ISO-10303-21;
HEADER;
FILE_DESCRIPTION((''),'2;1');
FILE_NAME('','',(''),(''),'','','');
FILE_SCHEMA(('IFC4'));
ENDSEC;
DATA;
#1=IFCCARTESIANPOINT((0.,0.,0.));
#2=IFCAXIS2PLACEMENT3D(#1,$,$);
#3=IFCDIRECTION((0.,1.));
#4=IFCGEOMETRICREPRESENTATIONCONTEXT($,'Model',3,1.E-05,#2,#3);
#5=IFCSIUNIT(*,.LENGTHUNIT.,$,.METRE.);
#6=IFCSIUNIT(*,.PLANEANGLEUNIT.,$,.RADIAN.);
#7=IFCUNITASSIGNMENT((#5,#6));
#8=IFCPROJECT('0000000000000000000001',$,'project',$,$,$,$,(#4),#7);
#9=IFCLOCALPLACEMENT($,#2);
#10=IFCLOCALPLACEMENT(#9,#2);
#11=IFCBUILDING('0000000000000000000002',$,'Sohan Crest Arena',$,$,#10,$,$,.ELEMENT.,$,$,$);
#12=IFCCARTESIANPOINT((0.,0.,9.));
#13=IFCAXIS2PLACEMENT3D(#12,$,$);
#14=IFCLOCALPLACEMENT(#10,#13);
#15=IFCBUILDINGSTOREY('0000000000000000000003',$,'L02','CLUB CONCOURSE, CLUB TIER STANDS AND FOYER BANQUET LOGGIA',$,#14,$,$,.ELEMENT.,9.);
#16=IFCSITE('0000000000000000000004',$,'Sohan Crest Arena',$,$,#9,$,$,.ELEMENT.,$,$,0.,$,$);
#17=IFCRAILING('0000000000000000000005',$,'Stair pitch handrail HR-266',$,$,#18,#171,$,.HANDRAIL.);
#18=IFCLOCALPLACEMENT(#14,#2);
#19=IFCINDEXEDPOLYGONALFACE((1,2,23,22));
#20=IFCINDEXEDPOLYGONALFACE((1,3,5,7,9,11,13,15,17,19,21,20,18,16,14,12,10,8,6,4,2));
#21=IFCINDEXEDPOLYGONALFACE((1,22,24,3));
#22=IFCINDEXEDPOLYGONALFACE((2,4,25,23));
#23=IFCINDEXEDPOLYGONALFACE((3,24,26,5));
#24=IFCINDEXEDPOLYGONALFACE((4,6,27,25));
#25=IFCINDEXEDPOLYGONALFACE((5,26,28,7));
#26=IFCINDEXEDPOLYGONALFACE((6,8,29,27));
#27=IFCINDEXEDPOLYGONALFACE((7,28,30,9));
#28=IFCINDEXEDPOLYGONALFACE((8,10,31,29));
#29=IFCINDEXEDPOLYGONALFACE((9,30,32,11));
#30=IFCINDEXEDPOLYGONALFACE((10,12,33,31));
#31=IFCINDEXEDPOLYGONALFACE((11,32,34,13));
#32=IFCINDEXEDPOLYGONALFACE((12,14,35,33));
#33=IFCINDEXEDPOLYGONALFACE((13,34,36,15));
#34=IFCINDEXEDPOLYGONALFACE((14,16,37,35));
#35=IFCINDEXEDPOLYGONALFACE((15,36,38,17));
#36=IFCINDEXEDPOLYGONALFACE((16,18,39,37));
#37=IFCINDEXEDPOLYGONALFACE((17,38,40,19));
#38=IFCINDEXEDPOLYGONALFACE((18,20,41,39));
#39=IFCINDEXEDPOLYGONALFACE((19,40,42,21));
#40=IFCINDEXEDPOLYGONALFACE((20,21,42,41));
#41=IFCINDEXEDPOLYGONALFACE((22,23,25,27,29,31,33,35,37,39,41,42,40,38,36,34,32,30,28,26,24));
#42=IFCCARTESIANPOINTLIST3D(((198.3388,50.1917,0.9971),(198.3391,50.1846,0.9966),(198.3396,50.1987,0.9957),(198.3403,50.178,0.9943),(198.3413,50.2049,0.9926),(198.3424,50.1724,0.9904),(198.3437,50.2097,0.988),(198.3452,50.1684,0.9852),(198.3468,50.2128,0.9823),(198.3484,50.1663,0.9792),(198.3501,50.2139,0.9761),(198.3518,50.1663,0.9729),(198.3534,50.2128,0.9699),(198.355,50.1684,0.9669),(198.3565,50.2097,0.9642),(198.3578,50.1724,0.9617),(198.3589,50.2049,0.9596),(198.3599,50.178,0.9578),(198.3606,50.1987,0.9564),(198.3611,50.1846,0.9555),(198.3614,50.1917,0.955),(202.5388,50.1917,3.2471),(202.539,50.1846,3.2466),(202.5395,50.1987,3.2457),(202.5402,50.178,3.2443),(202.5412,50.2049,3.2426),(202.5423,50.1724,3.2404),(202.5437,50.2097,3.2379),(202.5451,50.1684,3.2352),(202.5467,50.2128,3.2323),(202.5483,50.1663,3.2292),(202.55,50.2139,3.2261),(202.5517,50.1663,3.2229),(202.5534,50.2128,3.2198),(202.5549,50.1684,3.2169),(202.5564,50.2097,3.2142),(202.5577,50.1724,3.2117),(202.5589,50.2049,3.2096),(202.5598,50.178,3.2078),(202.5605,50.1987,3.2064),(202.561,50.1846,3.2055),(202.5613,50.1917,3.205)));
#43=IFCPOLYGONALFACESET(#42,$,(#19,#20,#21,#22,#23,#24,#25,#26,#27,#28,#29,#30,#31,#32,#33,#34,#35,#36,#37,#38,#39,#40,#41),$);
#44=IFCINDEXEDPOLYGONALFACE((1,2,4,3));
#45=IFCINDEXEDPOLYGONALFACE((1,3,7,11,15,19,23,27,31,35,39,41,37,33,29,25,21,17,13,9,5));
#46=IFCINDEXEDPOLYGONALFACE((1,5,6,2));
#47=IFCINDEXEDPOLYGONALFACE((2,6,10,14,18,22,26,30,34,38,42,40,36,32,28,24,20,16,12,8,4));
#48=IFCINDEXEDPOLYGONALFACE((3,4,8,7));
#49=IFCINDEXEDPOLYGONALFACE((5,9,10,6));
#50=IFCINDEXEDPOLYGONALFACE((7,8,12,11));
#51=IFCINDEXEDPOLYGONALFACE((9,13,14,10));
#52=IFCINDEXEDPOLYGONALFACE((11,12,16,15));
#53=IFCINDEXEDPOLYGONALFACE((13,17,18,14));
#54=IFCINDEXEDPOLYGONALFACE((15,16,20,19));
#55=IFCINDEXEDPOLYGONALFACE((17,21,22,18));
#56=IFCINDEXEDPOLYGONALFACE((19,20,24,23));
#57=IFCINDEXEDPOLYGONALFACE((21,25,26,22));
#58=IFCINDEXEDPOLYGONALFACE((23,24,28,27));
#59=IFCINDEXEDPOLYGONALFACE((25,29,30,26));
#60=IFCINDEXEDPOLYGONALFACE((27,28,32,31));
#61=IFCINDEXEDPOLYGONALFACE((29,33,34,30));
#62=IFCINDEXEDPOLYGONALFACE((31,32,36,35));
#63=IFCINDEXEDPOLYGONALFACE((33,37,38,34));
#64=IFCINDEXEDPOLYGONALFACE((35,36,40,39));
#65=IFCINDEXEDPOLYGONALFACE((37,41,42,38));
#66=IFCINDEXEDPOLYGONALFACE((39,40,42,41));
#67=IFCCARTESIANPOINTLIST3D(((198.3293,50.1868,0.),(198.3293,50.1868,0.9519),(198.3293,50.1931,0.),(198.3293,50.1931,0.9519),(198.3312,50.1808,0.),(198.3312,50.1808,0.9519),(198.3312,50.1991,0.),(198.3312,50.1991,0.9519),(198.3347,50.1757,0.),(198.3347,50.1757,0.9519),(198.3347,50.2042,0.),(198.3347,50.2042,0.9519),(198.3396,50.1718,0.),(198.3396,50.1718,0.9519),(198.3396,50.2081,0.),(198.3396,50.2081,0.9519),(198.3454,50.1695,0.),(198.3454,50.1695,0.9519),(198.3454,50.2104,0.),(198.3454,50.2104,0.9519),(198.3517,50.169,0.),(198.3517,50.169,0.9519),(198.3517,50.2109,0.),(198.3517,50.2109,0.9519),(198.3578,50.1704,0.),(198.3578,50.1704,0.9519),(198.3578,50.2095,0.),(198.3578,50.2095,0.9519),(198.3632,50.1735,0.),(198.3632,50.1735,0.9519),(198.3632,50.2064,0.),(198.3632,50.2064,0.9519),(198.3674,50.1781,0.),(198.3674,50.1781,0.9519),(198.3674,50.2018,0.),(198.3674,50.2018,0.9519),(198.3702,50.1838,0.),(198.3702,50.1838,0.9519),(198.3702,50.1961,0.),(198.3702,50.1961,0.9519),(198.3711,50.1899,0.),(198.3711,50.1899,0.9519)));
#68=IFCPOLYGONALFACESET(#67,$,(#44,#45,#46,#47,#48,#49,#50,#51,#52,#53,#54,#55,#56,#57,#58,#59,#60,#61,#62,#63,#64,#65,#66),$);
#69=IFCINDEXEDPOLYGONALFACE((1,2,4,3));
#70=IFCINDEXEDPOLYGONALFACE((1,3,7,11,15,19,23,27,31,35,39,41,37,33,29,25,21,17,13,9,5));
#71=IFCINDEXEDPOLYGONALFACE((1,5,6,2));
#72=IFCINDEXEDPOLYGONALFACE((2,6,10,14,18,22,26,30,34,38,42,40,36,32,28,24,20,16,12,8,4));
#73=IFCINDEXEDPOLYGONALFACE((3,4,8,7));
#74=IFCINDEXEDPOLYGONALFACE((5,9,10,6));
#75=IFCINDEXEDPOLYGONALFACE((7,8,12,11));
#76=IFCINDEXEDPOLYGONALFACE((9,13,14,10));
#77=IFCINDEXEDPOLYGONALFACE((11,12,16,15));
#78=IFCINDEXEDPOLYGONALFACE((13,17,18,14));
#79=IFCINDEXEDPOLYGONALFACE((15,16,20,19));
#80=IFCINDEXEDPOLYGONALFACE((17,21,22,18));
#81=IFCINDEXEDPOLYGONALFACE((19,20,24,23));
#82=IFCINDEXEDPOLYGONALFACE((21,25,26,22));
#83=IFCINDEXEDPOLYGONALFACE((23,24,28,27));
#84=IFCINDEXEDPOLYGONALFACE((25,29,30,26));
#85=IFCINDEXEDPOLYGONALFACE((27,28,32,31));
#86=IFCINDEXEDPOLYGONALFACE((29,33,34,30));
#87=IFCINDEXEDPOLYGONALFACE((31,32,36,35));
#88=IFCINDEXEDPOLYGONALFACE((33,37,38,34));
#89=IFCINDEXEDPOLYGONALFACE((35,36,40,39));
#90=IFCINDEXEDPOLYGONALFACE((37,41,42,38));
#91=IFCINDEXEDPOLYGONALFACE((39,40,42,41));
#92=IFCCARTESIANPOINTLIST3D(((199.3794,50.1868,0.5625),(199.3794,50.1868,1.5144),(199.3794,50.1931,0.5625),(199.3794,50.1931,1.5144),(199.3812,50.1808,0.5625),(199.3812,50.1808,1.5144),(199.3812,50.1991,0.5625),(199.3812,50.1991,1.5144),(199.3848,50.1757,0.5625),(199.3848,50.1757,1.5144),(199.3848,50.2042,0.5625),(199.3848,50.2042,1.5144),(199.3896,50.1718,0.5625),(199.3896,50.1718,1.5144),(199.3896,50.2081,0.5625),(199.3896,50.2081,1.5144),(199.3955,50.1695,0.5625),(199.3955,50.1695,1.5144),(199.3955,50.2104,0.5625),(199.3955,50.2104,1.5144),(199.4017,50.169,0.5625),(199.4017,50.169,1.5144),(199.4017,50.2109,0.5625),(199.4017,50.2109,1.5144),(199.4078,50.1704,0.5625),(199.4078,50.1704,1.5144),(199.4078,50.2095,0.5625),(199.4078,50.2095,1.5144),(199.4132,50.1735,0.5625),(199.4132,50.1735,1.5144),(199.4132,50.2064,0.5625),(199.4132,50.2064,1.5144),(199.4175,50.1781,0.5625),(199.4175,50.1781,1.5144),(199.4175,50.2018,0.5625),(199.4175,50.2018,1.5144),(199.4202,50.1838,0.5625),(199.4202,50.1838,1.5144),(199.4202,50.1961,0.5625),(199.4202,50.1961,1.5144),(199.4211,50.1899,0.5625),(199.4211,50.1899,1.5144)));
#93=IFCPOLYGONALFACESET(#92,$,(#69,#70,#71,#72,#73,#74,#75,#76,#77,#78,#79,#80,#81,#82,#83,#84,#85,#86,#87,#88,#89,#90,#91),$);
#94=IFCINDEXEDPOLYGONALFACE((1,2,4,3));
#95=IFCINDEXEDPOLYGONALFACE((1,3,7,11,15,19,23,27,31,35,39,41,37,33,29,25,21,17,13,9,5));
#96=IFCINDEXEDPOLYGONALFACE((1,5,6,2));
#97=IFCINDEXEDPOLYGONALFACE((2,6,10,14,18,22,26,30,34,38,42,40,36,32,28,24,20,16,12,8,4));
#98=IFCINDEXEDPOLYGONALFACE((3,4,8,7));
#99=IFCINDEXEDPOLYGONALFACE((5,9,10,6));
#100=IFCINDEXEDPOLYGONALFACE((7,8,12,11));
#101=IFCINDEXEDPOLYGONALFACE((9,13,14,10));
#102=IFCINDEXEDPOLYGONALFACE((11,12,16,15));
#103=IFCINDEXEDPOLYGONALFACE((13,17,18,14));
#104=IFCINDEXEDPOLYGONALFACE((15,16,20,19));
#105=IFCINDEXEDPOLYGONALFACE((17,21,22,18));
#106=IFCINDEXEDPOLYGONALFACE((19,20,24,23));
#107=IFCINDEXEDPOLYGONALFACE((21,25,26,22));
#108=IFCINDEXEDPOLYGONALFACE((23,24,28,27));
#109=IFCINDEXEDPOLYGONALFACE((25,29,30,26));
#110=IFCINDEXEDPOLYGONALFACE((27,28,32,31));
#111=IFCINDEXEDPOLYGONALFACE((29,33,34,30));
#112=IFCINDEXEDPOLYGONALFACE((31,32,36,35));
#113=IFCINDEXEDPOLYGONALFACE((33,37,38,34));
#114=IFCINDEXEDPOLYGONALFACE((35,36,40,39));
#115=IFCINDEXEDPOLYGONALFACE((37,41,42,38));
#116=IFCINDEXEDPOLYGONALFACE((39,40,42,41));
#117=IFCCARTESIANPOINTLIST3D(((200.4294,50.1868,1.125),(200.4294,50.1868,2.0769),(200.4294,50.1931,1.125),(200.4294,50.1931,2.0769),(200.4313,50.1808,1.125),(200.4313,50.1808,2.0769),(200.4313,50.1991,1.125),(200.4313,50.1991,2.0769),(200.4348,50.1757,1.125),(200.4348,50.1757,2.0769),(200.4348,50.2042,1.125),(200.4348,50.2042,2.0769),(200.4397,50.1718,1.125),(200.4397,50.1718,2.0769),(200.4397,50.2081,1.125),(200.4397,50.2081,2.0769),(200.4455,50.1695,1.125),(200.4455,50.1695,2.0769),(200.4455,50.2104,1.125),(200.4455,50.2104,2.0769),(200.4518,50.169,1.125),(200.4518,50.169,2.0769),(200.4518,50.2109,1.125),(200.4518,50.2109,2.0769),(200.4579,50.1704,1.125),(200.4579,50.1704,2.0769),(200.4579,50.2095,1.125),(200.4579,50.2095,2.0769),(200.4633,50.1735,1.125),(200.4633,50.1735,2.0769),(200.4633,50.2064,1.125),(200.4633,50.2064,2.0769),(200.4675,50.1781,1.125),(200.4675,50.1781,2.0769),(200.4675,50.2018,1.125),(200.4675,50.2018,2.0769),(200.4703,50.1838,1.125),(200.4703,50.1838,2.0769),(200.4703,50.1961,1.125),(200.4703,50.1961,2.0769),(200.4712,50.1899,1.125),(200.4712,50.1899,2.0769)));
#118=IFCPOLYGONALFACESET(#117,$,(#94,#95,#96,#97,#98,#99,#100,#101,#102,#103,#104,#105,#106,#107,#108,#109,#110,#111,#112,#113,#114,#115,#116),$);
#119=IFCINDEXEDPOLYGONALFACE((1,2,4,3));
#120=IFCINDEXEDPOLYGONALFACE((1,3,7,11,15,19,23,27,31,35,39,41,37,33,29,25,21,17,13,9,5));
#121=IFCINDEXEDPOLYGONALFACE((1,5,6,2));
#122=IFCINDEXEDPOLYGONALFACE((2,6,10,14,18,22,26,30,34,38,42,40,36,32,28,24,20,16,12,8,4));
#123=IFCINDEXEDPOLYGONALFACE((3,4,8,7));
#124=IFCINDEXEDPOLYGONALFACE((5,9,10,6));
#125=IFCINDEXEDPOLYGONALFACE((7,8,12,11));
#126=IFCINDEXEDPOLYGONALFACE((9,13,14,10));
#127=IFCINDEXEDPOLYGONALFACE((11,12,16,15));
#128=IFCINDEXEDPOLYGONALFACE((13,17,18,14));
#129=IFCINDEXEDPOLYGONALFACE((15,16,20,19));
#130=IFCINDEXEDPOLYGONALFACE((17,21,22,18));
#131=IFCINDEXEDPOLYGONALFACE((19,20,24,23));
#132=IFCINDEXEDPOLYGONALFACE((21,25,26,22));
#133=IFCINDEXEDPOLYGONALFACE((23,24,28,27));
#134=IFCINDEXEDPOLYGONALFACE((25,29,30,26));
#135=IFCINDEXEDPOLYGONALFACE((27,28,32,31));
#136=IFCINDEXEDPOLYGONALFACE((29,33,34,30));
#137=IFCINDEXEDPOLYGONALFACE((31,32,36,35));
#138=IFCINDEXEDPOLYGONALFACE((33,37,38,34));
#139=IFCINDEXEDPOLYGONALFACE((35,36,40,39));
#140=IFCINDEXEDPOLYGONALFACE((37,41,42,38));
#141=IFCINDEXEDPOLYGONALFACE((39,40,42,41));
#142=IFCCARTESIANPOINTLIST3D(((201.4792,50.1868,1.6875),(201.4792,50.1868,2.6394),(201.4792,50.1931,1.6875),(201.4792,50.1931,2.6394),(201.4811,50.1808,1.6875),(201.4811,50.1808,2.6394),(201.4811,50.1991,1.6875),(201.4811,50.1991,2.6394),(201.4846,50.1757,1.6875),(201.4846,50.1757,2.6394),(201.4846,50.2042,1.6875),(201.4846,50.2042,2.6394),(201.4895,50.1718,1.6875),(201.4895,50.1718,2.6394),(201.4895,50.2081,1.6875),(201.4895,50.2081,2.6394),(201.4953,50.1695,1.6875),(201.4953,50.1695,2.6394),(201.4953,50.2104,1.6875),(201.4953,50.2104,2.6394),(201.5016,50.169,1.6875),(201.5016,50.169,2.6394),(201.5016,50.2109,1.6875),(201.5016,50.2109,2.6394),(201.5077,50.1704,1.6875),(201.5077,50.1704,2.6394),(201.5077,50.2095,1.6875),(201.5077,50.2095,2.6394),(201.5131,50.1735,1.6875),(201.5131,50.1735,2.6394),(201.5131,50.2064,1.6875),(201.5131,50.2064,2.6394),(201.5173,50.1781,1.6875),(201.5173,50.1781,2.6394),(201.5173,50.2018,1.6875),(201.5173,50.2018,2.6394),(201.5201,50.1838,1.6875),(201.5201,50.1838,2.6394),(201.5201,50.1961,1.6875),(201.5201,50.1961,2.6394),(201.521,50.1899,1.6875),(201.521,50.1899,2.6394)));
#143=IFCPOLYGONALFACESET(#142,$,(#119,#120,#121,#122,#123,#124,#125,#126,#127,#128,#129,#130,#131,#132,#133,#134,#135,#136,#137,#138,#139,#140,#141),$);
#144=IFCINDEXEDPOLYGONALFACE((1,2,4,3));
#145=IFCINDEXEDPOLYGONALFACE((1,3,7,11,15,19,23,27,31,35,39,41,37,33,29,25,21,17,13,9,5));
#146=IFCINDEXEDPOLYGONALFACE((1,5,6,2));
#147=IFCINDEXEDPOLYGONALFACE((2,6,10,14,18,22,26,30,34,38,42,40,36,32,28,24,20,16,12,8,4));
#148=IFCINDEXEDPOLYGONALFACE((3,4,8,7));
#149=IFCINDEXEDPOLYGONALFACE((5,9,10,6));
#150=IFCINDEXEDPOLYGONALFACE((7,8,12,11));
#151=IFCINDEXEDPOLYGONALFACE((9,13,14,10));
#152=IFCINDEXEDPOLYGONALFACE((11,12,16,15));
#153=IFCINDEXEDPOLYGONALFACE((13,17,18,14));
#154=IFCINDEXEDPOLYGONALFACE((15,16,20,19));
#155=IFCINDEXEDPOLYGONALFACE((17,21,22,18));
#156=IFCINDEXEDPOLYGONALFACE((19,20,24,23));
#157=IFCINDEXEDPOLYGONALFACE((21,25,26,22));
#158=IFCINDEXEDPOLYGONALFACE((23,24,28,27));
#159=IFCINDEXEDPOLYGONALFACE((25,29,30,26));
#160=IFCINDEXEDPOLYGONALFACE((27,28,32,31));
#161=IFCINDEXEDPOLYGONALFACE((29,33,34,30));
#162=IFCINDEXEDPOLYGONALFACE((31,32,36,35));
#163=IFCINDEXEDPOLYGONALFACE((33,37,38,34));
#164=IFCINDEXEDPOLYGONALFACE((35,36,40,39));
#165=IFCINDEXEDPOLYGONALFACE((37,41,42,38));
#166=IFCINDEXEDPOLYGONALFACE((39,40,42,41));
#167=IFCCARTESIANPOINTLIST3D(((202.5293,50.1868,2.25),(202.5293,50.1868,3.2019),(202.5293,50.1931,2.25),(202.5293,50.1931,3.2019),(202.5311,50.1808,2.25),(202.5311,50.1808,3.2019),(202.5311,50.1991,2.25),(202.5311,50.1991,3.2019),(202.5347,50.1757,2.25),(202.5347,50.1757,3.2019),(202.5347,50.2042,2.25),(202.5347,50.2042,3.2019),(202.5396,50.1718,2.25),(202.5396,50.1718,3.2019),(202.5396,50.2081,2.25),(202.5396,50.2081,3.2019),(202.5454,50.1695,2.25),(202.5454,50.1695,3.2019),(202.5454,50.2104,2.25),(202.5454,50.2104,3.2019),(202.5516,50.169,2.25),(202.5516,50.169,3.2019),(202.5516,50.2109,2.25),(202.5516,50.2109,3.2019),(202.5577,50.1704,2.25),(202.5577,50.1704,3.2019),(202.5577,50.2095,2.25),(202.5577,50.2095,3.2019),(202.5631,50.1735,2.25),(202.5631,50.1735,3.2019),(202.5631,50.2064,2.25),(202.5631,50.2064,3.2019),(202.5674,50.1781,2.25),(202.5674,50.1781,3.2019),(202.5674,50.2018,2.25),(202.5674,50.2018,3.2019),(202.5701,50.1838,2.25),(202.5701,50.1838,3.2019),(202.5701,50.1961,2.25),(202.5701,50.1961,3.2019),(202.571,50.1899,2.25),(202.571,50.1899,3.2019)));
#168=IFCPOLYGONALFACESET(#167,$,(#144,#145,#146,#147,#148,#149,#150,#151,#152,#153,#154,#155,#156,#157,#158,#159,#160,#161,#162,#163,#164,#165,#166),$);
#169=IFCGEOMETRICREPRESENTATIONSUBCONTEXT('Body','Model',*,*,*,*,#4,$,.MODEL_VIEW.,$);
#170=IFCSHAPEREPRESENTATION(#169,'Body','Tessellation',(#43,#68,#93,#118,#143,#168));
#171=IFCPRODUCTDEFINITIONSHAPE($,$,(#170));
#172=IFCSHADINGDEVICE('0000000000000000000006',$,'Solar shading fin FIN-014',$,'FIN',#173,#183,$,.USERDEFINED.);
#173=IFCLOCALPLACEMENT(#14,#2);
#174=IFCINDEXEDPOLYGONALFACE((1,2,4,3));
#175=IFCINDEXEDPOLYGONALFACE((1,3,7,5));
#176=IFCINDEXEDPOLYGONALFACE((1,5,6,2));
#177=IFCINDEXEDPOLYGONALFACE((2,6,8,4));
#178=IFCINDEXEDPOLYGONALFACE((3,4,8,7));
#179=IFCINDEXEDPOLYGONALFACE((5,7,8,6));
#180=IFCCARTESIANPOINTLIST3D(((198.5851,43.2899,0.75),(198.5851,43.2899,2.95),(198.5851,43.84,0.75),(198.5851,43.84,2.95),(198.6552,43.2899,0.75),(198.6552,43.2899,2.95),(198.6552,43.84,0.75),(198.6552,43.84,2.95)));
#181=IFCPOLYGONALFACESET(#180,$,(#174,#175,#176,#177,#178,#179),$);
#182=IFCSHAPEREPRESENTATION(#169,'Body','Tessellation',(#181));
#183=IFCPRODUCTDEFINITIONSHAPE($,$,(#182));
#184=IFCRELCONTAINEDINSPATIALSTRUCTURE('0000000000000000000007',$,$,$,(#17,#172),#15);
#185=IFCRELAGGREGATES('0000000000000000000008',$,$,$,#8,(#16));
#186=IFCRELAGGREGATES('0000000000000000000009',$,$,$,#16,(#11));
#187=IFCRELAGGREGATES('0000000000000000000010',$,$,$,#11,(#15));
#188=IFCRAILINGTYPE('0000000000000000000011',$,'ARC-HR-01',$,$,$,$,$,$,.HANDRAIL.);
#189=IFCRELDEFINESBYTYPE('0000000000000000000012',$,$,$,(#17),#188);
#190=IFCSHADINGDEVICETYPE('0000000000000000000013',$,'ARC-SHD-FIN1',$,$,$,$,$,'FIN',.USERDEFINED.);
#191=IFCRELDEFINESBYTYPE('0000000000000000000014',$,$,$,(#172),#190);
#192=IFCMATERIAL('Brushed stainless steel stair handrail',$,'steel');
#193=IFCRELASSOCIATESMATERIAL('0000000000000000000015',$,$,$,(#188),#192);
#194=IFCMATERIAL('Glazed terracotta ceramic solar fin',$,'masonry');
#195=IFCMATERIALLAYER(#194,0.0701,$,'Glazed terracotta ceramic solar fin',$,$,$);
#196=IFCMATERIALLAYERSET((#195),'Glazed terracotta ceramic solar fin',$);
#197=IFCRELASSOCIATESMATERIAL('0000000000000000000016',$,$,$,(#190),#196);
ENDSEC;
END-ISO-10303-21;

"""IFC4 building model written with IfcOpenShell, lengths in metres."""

from ifc_helpers import new_model, si_unit, direction, frame, origin, origin_2d, place, context, subcontext, project, spatial, rectangle, circle, extrude, material, layer, layer_set, type_object, element, save


model = new_model("IFC4")

# Units and contexts
model_context = context("Model", 3, precision=1e-05, world=origin(), true_north=direction((0.0, 1.0)))
body_context = subcontext(model_context, "Body", "Model", "MODEL_VIEW")
ifc_project = project(units=[si_unit("LENGTHUNIT", "METRE"), si_unit("PLANEANGLEUNIT", "RADIAN")], contexts=[model_context])

# Site, building, storey
site_placement = place(None, origin())
site = spatial("IfcSite", under=ifc_project, at=site_placement, Name="Sohan Crest Arena", CompositionType="ELEMENT", RefElevation=0.0)
building_placement = place(site_placement, origin())
building = spatial("IfcBuilding", under=site, at=building_placement, Name="Sohan Crest Arena", CompositionType="ELEMENT")
storey_placement = place(building_placement, frame((0.0, 0.0, 9.0)))
storey = spatial("IfcBuildingStorey", under=building, at=storey_placement, Name="L02", Description="CLUB CONCOURSE, CLUB TIER STANDS AND FOYER BANQUET LOGGIA", CompositionType="ELEMENT", Elevation=9.0)

# Railing
ifc_material_1 = material(Name="Brushed stainless steel stair handrail", Category="steel")
railing_type = type_object("IfcRailingType", Name="ARC-HR-01", PredefinedType="HANDRAIL", material=ifc_material_1)
for number, where, name in (
    (1, (198.3501, 50.1899, 0.0), "Stair pitch handrail HR-266"),
):
    element("IfcRailing", number, at=place(storey_placement, frame(where)), inside=storey, type_object=railing_type, Name=name, PredefinedType="HANDRAIL", context=body_context, shape_type="SweptSolid", body=[
        extrude(circle(Radius=0.0239, at=origin_2d()), frame((0.0, 0.0, 0.9761), z_axis=(0.881478, 0.0, 0.472226), x_axis=(0.0, 1.0, 0.0)), (0.0, 0.0, 1.0), 4.7646),
        extrude(circle(Radius=0.021, at=origin_2d()), origin(), (0.0, 0.0, 1.0), 0.9519),
        extrude(circle(Radius=0.021, at=origin_2d()), frame((1.05, 0.0, 0.5625)), (0.0, 0.0, 1.0), 0.9519),
        extrude(circle(Radius=0.021, at=origin_2d()), frame((2.1001, 0.0, 1.125)), (0.0, 0.0, 1.0), 0.9519),
        extrude(circle(Radius=0.021, at=origin_2d()), frame((3.1499, 0.0, 1.6875)), (0.0, 0.0, 1.0), 0.9519),
        extrude(circle(Radius=0.021, at=origin_2d()), frame((4.2, 0.0, 2.25)), (0.0, 0.0, 1.0), 0.9519),
    ])

# Shading device
ifc_material_2 = material(Name="Glazed terracotta ceramic solar fin", Category="masonry")
ifc_layer_1 = layer(ifc_material_2, 0.0701, Name="Glazed terracotta ceramic solar fin")
ifc_layer_set_1 = layer_set([ifc_layer_1], Name="Glazed terracotta ceramic solar fin")
shading_device_type = type_object("IfcShadingDeviceType", Name="ARC-SHD-FIN1", ElementType="FIN", PredefinedType="USERDEFINED", material=ifc_layer_set_1)
shading_device_placement = place(storey_placement, frame((198.6201, 43.5649, 0.75), z_axis=(0.0, 0.0, 1.0), x_axis=(1.0, 0.0, 0.0)))
element("IfcShadingDevice", 2, at=shading_device_placement, inside=storey, type_object=shading_device_type, Name="Solar shading fin FIN-014", ObjectType="FIN", PredefinedType="USERDEFINED", context=body_context, shape_type="SweptSolid", body=[
    extrude(rectangle(XDim=0.0701, YDim=0.55, at=origin_2d()), origin(), (0.0, 0.0, 1.0), 2.2),
])

save(model, "model.ifc")
